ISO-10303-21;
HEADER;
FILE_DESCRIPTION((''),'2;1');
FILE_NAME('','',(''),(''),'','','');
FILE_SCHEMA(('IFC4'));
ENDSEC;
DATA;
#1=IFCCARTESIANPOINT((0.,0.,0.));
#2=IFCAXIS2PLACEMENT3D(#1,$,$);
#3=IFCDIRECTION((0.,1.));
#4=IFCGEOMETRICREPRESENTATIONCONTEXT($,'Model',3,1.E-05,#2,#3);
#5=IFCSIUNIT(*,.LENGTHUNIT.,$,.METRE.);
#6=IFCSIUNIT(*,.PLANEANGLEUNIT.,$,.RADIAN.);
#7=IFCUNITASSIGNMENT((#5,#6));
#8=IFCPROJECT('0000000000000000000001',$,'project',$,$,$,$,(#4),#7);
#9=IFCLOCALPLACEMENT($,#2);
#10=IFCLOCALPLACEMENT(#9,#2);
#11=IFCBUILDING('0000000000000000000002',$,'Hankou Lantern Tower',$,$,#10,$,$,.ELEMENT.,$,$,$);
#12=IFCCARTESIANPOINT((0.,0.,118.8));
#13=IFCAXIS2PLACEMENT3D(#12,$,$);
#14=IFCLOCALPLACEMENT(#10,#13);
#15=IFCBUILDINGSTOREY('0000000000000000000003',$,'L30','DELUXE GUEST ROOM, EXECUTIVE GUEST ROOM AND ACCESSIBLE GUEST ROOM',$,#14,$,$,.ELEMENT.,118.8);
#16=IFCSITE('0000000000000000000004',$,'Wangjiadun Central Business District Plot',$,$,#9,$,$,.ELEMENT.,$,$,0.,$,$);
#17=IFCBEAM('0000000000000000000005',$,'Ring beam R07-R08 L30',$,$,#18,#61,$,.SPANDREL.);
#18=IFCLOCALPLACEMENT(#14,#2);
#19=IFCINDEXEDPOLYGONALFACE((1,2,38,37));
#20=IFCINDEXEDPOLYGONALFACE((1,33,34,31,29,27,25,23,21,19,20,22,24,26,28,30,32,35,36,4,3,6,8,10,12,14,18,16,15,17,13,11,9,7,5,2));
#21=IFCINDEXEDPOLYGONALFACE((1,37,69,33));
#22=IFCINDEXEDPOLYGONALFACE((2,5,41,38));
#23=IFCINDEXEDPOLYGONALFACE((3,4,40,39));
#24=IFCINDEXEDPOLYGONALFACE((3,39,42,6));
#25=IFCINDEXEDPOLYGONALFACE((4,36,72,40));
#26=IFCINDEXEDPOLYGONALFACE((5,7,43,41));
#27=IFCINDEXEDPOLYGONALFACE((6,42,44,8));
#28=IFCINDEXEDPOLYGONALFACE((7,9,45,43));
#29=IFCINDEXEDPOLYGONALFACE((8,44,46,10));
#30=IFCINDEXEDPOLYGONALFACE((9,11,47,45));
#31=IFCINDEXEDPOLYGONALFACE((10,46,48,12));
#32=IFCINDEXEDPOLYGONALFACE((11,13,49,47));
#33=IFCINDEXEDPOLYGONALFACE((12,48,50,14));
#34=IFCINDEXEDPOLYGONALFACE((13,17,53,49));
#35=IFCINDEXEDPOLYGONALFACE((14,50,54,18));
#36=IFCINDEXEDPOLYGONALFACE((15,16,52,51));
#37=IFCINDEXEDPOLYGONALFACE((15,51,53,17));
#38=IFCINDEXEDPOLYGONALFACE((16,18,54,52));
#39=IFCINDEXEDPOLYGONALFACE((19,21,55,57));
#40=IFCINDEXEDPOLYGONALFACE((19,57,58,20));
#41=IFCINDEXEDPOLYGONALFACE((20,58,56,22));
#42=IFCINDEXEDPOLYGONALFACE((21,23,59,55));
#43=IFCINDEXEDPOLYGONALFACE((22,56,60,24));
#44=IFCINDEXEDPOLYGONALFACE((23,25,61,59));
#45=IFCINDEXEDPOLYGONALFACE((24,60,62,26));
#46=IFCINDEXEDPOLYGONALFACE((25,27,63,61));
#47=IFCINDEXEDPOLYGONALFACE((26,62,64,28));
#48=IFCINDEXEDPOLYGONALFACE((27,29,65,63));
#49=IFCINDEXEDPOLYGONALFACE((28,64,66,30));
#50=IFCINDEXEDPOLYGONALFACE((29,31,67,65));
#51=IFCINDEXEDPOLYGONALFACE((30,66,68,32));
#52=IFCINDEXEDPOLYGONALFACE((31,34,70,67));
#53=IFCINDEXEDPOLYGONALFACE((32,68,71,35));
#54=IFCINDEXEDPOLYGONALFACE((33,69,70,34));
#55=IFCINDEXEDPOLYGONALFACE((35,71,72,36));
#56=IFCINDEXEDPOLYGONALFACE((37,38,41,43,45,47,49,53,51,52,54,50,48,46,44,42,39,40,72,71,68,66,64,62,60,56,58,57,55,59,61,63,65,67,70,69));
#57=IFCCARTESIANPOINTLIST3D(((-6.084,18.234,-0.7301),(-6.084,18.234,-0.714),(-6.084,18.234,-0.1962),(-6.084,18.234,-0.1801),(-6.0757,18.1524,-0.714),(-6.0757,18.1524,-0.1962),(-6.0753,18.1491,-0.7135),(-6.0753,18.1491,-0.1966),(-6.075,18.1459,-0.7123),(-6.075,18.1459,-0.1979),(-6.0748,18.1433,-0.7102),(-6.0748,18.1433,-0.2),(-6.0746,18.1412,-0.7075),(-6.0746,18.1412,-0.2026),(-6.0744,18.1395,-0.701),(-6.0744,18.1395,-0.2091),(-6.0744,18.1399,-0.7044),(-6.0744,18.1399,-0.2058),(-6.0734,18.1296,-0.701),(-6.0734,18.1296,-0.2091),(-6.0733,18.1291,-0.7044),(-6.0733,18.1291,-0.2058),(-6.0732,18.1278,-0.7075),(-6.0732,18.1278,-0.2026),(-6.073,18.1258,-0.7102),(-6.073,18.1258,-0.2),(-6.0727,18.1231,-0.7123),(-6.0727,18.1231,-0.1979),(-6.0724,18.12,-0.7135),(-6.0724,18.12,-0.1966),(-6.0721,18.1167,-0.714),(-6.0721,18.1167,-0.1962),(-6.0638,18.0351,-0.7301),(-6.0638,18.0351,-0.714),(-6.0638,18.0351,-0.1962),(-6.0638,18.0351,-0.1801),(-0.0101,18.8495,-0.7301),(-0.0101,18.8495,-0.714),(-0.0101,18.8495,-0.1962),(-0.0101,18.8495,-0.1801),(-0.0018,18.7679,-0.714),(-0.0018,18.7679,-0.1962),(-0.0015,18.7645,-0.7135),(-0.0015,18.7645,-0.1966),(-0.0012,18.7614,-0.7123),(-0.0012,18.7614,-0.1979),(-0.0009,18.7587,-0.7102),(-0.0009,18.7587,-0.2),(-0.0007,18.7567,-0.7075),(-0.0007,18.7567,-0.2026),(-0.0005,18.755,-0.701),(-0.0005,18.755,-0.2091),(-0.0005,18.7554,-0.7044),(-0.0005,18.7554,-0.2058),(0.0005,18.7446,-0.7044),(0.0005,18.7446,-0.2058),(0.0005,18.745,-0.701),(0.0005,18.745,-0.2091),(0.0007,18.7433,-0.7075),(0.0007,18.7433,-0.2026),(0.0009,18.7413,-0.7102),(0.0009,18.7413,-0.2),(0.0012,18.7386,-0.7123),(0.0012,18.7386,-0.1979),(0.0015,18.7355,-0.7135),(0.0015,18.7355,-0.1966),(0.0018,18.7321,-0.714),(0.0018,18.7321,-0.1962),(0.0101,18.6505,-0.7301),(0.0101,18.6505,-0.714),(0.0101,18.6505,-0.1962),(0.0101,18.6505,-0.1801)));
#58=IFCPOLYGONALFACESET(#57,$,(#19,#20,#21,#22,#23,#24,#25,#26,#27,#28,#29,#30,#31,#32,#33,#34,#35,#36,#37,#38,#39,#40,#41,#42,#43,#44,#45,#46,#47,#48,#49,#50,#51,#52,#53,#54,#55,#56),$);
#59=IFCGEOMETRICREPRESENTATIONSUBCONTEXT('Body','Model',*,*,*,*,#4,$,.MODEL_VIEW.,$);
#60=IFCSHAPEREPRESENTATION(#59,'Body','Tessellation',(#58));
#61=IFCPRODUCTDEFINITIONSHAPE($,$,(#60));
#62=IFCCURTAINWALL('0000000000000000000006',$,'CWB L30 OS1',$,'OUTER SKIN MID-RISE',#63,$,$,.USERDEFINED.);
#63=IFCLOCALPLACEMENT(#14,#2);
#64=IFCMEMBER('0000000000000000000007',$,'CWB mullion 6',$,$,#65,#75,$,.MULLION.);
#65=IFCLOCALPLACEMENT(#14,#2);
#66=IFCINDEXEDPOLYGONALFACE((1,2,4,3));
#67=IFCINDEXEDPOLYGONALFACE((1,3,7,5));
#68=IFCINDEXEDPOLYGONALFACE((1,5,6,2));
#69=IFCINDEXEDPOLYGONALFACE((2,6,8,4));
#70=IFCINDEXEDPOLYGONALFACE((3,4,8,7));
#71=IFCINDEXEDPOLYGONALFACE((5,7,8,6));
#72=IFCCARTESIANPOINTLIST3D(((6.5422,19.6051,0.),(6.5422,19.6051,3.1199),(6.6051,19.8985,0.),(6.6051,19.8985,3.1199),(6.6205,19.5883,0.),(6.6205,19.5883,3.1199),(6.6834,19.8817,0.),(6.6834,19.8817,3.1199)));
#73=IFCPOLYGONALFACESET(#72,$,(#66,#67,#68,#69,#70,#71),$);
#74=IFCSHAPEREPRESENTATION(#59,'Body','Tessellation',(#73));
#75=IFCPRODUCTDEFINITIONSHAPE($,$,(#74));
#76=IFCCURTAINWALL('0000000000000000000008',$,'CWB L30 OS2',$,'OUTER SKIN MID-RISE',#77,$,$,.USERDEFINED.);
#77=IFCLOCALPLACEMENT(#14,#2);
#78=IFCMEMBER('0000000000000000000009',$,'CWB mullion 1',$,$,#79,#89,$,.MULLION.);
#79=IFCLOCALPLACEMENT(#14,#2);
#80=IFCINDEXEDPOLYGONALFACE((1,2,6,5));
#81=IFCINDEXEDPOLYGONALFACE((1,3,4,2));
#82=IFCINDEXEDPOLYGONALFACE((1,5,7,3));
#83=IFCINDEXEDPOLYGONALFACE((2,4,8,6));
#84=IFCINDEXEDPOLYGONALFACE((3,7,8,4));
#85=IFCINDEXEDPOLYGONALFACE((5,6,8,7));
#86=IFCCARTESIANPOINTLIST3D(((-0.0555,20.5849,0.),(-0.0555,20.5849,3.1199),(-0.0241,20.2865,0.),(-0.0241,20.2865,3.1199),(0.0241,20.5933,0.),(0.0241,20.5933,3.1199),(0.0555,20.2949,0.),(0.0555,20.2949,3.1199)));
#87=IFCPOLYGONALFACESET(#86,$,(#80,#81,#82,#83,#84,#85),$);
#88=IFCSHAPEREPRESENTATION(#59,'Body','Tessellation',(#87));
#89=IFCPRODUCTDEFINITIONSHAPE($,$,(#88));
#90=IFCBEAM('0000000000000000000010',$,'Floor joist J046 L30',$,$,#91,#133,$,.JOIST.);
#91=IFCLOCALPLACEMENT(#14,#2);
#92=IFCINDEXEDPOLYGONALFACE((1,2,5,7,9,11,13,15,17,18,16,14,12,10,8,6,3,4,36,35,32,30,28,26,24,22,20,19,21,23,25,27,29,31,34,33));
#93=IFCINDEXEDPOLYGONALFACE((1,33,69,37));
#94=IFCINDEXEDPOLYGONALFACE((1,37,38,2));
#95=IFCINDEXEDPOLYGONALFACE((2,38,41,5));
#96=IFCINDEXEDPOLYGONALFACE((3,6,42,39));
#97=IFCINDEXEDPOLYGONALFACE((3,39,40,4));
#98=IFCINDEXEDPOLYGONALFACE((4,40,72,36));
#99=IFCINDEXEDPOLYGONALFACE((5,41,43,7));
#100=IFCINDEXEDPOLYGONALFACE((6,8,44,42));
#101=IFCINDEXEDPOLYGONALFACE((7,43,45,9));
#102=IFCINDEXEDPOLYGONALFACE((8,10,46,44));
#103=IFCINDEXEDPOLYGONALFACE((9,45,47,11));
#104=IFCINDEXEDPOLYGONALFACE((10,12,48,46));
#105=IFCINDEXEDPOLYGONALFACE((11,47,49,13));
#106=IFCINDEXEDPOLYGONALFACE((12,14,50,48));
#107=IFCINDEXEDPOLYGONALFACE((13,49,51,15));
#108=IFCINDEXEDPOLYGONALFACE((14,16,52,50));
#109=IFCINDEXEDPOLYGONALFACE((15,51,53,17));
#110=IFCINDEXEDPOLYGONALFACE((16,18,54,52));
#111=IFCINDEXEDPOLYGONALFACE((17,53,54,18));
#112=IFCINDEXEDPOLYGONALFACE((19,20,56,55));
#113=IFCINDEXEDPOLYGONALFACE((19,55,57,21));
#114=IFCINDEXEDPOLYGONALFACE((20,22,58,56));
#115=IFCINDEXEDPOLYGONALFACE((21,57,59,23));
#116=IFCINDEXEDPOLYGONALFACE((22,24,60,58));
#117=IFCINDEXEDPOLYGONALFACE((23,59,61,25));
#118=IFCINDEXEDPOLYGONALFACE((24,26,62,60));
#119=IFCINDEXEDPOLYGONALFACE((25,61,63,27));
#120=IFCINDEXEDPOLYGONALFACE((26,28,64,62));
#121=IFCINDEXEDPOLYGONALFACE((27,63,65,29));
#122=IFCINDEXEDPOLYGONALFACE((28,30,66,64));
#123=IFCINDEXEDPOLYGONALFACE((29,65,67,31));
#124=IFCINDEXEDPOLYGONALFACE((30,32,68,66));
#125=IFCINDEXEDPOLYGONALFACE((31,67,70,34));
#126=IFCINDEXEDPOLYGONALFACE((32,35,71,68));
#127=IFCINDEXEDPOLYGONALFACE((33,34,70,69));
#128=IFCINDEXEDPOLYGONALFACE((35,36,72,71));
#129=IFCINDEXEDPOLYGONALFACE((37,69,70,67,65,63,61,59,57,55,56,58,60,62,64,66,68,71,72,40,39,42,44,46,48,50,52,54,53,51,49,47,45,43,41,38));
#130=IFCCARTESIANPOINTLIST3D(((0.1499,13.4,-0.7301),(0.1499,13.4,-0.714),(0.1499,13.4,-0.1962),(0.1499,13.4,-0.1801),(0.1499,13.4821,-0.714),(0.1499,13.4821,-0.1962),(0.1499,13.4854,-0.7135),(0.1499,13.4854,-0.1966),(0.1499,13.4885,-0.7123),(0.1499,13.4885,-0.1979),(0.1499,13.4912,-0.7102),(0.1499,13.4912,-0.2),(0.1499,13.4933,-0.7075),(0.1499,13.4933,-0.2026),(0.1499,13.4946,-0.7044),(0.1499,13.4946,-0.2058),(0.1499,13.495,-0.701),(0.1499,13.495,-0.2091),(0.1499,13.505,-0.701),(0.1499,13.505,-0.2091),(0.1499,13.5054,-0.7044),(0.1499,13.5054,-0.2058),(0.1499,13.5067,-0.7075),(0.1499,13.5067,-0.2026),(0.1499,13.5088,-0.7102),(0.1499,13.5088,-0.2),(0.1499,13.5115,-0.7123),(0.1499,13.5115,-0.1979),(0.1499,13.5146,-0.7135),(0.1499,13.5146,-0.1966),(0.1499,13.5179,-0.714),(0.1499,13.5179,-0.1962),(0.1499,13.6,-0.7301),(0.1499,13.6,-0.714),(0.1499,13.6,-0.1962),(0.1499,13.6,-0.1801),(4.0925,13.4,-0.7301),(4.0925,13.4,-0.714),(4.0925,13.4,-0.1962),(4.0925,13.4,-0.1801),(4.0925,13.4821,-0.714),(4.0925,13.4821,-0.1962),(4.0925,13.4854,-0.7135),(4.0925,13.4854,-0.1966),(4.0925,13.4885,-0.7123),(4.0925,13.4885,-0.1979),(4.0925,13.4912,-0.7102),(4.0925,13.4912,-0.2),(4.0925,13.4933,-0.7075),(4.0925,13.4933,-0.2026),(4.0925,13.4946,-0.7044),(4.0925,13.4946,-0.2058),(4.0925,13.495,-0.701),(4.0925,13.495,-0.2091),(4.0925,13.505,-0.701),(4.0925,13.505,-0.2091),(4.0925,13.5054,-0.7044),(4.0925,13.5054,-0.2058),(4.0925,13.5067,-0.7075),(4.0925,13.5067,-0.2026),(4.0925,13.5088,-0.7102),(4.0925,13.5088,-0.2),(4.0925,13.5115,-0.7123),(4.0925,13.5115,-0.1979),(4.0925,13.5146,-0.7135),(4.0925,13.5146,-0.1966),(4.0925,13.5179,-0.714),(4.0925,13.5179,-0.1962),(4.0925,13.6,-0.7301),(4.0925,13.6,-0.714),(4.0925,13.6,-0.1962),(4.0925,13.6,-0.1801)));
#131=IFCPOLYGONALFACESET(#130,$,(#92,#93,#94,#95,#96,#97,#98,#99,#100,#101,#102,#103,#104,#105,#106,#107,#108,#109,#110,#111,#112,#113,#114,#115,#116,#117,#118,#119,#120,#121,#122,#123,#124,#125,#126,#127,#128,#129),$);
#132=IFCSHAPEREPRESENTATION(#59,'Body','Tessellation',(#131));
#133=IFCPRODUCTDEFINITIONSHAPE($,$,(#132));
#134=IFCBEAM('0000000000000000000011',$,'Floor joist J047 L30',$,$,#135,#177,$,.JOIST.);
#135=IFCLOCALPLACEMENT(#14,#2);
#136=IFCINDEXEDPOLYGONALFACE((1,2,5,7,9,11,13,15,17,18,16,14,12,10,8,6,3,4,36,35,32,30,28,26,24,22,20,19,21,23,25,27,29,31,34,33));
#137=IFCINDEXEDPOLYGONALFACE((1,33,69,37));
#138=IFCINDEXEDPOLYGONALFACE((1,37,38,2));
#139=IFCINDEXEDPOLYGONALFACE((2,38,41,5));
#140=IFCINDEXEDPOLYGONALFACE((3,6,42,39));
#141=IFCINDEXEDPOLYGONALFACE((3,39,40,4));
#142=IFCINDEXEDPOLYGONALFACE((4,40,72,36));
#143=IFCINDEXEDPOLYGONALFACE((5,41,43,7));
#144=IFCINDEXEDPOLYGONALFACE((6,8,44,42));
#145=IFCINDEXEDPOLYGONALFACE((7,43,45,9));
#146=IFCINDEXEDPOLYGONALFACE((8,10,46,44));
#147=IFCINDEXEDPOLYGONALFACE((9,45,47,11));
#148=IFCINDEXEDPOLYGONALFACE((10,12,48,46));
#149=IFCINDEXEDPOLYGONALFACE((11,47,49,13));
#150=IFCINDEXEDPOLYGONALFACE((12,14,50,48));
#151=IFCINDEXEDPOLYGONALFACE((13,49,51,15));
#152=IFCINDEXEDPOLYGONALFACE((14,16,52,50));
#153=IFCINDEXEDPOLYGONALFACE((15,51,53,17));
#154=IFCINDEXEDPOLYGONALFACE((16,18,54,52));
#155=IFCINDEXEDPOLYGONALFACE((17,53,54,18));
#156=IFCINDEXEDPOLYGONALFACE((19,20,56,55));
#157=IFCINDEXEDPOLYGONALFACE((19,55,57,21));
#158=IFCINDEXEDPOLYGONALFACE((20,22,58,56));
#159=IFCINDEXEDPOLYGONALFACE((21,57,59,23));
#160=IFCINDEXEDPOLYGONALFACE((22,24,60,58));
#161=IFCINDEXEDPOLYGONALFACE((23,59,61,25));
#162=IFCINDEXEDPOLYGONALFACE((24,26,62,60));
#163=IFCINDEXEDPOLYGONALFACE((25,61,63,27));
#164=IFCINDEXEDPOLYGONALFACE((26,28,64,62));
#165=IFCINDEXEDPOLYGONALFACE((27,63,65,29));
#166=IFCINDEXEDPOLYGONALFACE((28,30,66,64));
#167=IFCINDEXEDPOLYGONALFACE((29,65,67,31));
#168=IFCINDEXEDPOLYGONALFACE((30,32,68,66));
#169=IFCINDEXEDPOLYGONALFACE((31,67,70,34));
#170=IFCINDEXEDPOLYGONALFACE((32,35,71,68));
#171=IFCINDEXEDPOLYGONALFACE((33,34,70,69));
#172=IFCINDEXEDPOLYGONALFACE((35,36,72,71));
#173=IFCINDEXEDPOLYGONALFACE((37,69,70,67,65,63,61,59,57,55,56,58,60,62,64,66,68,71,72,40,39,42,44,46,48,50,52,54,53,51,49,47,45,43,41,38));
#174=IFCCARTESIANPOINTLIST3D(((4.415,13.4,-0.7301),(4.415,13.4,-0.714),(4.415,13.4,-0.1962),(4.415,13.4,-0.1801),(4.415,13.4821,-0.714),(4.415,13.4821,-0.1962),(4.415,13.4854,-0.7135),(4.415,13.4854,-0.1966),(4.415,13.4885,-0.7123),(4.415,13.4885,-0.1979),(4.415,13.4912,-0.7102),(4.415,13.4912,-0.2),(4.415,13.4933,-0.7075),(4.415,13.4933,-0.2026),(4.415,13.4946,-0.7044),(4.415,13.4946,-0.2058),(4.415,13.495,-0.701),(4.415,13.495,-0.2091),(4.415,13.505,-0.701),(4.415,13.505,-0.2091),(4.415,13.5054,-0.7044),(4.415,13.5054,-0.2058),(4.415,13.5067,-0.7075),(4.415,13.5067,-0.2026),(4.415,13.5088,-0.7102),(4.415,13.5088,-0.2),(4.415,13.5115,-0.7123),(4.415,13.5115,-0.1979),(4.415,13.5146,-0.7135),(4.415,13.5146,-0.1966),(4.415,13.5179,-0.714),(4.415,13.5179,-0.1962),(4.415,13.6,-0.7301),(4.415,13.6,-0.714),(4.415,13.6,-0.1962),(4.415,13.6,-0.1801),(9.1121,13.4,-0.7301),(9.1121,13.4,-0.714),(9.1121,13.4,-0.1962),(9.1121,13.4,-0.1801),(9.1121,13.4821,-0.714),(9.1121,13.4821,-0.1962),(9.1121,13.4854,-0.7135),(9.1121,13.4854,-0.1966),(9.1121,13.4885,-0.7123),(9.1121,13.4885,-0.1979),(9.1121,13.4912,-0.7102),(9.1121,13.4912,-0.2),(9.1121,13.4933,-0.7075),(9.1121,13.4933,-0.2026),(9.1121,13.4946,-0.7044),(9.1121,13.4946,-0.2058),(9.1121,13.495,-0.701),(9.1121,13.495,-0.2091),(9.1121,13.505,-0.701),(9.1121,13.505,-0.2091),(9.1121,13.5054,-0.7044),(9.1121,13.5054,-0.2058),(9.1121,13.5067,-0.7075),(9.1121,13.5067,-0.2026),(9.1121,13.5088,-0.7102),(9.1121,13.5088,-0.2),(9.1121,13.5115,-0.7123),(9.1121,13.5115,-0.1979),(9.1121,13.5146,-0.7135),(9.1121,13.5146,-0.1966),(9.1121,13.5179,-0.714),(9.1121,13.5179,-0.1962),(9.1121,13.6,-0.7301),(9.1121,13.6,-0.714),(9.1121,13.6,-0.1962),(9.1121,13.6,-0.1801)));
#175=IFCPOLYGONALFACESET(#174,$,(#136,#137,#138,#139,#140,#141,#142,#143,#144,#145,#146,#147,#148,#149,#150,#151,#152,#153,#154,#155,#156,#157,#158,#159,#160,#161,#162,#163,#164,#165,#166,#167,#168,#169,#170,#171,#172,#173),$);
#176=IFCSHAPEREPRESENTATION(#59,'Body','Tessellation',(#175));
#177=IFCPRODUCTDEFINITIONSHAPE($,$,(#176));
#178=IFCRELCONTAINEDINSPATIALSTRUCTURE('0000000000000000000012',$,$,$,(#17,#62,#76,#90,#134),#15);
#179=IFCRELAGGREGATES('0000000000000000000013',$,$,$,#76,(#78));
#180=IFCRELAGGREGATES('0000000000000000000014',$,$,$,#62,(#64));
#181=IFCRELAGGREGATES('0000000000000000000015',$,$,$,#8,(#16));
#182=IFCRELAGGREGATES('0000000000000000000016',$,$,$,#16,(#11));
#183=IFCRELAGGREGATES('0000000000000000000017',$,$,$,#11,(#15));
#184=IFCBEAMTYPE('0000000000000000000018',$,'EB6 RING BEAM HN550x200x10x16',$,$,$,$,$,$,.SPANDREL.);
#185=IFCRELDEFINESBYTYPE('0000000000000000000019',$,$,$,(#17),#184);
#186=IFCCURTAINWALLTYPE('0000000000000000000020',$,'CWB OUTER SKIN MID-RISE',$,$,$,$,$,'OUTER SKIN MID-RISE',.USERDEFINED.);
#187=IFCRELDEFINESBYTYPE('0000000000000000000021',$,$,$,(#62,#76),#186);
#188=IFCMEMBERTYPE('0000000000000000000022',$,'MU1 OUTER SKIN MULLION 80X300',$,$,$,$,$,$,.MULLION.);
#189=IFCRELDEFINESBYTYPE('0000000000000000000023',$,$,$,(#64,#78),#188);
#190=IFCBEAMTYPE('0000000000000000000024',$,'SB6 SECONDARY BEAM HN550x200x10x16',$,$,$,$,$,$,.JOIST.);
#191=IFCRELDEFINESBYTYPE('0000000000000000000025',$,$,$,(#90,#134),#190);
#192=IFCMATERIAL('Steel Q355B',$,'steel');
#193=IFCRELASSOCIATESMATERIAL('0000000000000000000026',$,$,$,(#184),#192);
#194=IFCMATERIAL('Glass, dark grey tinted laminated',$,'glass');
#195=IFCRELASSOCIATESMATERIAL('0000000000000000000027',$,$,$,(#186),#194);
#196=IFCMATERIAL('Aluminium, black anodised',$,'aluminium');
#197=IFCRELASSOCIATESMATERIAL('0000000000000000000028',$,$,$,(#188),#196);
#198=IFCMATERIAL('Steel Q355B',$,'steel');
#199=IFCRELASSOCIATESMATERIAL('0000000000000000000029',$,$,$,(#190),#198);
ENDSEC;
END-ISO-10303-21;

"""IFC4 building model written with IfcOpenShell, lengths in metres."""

from ifc_helpers import new_model, si_unit, direction, frame, origin, origin_2d, place, context, subcontext, project, spatial, rectangle, i_section, extrude, material, material_profile, profile_set, type_object, element, aggregate, save


model = new_model("IFC4")

# Units and contexts
model_context = context("Model", 3, precision=1e-05, world=origin(), true_north=direction((0.0, 1.0)))
body_context = subcontext(model_context, "Body", "Model", "MODEL_VIEW")
ifc_project = project(units=[si_unit("LENGTHUNIT", "METRE"), si_unit("PLANEANGLEUNIT", "RADIAN")], contexts=[model_context])

# Site, building, storey
site_placement = place(None, origin())
site = spatial("IfcSite", under=ifc_project, at=site_placement, Name="Wangjiadun Central Business District Plot", CompositionType="ELEMENT", RefElevation=0.0)
building_placement = place(site_placement, origin())
building = spatial("IfcBuilding", under=site, at=building_placement, Name="Hankou Lantern Tower", CompositionType="ELEMENT")
storey_placement = place(building_placement, frame((0.0, 0.0, 118.8)))
storey = spatial("IfcBuildingStorey", under=building, at=storey_placement, Name="L30", Description="DELUXE GUEST ROOM, EXECUTIVE GUEST ROOM AND ACCESSIBLE GUEST ROOM", CompositionType="ELEMENT", Elevation=118.8)

# Beam
ifc_material_1 = material(Name="Steel Q355B", Category="steel")
ifc_material_profile_1 = material_profile(ifc_material_1, i_section(OverallWidth=0.2, OverallDepth=0.55, WebThickness=0.01, FlangeThickness=0.0161, FilletRadius=0.0129, at=origin_2d()), Name="HN550x200x10x16")
ifc_profile_set_1 = profile_set([ifc_material_profile_1], Name="Steel Q355B")
beam_type_1 = type_object("IfcBeamType", Name="EB6 RING BEAM HN550x200x10x16", PredefinedType="SPANDREL", material=ifc_profile_set_1)
for number, where, z_axis, x_axis, name in (
    (1, (0.0, 18.75, -0.4551), (-0.994905, -0.100814, 0.0), (0.100814, -0.994905, 0.0), "Ring beam R07-R08 L30"),
):
    element("IfcBeam", number, at=place(storey_placement, frame(where, z_axis=z_axis, x_axis=x_axis)), inside=storey, type_object=beam_type_1, Name=name, PredefinedType="SPANDREL", context=body_context, shape_type="SweptSolid", body=[
        extrude(i_section(OverallWidth=0.2, OverallDepth=0.55, WebThickness=0.01, FlangeThickness=0.0161, FilletRadius=0.0129, at=origin_2d()), origin(), (0.0, 0.0, 1.0), 6.105),
    ])

# Curtain walls, members
ifc_material_2 = material(Name="Glass, dark grey tinted laminated", Category="glass")
curtain_wall_type = type_object("IfcCurtainWallType", Name="CWB OUTER SKIN MID-RISE", ElementType="OUTER SKIN MID-RISE", PredefinedType="USERDEFINED", material=ifc_material_2)
curtain_wall_1_placement = place(storey_placement, origin())
curtain_wall_1 = element("IfcCurtainWall", 2, at=curtain_wall_1_placement, inside=storey, type_object=curtain_wall_type, Name="CWB L30 OS1", ObjectType="OUTER SKIN MID-RISE", PredefinedType="USERDEFINED")
ifc_material_3 = material(Name="Aluminium, black anodised", Category="aluminium")
ifc_material_profile_2 = material_profile(ifc_material_3, rectangle(XDim=0.0801, YDim=0.3, at=origin_2d()), Name="MU1 80X300")
ifc_profile_set_2 = profile_set([ifc_material_profile_2], Name="Aluminium, black anodised")
member_type_1 = type_object("IfcMemberType", Name="MU1 OUTER SKIN MULLION 80X300", PredefinedType="MULLION", material=ifc_profile_set_2)
member_1_placement = place(storey_placement, frame((6.6128, 19.7434, 0.0), z_axis=(0.0, 0.0, 1.0), x_axis=(-0.977788, 0.209598, 0.0)))
member_1 = element("IfcMember", 3, at=member_1_placement, type_object=member_type_1, Name="CWB mullion 6", PredefinedType="MULLION", context=body_context, shape_type="SweptSolid", body=[
    extrude(rectangle(XDim=0.0801, YDim=0.3, at=origin_2d()), origin(), (0.0, 0.0, 1.0), 3.1199),
])
curtain_wall_2_placement = place(storey_placement, origin())
curtain_wall_2 = element("IfcCurtainWall", 4, at=curtain_wall_2_placement, inside=storey, type_object=curtain_wall_type, Name="CWB L30 OS2", ObjectType="OUTER SKIN MID-RISE", PredefinedType="USERDEFINED")
member_2_placement = place(storey_placement, frame((0.0, 20.4399, 0.0), z_axis=(0.0, 0.0, 1.0), x_axis=(-0.994499, -0.104743, 0.0)))
member_2 = element("IfcMember", 5, at=member_2_placement, type_object=member_type_1, Name="CWB mullion 1", PredefinedType="MULLION", context=body_context, shape_type="SweptSolid", body=[
    extrude(rectangle(XDim=0.0801, YDim=0.3, at=origin_2d()), origin(), (0.0, 0.0, 1.0), 3.1199),
])
aggregate(curtain_wall_2, [member_2])

# Beams
ifc_material_4 = material(Name="Steel Q355B", Category="steel")
ifc_material_profile_3 = material_profile(ifc_material_4, i_section(OverallWidth=0.2, OverallDepth=0.55, WebThickness=0.01, FlangeThickness=0.0161, FilletRadius=0.0129, at=origin_2d()), Name="HN550x200x10x16")
ifc_profile_set_3 = profile_set([ifc_material_profile_3], Name="Steel Q355B")
beam_type_2 = type_object("IfcBeamType", Name="SB6 SECONDARY BEAM HN550x200x10x16", PredefinedType="JOIST", material=ifc_profile_set_3)
beam_1_placement = place(storey_placement, frame((0.1499, 13.5, -0.4551), z_axis=(1.0, 0.0, 0.0), x_axis=(0.0, 1.0, 0.0)))
element("IfcBeam", 6, at=beam_1_placement, inside=storey, type_object=beam_type_2, Name="Floor joist J046 L30", PredefinedType="JOIST", context=body_context, shape_type="SweptSolid", body=[
    extrude(i_section(OverallWidth=0.2, OverallDepth=0.55, WebThickness=0.01, FlangeThickness=0.0161, FilletRadius=0.0129, at=origin_2d()), origin(), (0.0, 0.0, 1.0), 3.9426),
])
beam_2_placement = place(storey_placement, frame((4.415, 13.5, -0.4551), z_axis=(1.0, 0.0, 0.0), x_axis=(0.0, 1.0, 0.0)))
element("IfcBeam", 7, at=beam_2_placement, inside=storey, type_object=beam_type_2, Name="Floor joist J047 L30", PredefinedType="JOIST", context=body_context, shape_type="SweptSolid", body=[
    extrude(i_section(OverallWidth=0.2, OverallDepth=0.55, WebThickness=0.01, FlangeThickness=0.0161, FilletRadius=0.0129, at=origin_2d()), origin(), (0.0, 0.0, 1.0), 4.697),
])

aggregate(curtain_wall_1, [member_1])

save(model, "model.ifc")
